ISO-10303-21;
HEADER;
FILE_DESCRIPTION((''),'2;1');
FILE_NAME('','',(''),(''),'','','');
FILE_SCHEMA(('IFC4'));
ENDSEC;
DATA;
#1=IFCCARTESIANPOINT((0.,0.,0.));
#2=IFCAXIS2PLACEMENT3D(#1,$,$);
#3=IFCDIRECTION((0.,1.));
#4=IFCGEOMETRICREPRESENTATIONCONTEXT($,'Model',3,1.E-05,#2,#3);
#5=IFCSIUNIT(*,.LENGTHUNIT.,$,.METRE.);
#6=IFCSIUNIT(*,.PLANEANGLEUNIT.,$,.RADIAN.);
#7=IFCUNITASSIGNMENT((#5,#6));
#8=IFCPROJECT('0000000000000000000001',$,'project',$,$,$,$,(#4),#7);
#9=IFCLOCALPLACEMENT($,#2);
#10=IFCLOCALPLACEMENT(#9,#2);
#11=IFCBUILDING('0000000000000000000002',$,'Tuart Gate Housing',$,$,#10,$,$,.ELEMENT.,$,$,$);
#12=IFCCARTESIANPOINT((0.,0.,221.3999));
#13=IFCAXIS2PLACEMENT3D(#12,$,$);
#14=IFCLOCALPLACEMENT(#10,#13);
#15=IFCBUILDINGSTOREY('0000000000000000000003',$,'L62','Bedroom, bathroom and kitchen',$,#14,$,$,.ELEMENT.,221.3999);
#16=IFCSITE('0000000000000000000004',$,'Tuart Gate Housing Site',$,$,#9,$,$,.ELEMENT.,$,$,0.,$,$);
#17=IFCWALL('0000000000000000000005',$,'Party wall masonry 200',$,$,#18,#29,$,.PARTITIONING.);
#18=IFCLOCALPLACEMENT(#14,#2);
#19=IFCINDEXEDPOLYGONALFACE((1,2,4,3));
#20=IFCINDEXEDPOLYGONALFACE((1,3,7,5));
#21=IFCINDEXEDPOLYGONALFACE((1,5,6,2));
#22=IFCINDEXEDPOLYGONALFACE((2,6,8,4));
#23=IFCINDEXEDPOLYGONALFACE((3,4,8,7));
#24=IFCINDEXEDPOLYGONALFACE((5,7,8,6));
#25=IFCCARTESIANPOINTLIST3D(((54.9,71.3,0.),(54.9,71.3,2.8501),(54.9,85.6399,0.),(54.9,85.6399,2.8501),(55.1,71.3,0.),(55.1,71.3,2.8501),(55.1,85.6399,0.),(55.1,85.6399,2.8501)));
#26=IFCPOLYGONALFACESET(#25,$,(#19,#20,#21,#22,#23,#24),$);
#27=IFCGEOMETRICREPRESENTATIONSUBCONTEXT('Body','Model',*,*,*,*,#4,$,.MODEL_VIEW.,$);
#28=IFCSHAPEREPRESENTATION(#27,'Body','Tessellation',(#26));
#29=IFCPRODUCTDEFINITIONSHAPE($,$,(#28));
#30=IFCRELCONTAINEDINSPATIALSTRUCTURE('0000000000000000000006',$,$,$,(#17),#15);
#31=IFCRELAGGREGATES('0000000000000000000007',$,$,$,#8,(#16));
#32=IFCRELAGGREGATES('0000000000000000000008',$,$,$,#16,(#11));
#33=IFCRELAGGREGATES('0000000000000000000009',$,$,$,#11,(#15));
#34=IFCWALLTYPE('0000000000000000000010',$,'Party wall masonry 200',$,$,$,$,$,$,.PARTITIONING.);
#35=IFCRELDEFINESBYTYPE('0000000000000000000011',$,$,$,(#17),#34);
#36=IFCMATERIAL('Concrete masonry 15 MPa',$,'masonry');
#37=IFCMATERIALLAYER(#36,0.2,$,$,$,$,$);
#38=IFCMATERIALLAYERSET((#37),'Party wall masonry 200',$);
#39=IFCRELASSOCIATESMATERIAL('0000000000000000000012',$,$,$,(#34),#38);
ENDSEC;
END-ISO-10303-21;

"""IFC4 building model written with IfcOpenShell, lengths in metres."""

from ifc_helpers import new_model, si_unit, direction, frame, frame_2d, origin, place, context, subcontext, project, spatial, rectangle, extrude, material, layer, layer_set, type_object, element, save


model = new_model("IFC4")

# Units and contexts
model_context = context("Model", 3, precision=1e-05, world=origin(), true_north=direction((0.0, 1.0)))
body_context = subcontext(model_context, "Body", "Model", "MODEL_VIEW")
ifc_project = project(units=[si_unit("LENGTHUNIT", "METRE"), si_unit("PLANEANGLEUNIT", "RADIAN")], contexts=[model_context])

# Site, building, storey
site_placement = place(None, origin())
site = spatial("IfcSite", under=ifc_project, at=site_placement, Name="Tuart Gate Housing Site", CompositionType="ELEMENT", RefElevation=0.0)
building_placement = place(site_placement, origin())
building = spatial("IfcBuilding", under=site, at=building_placement, Name="Tuart Gate Housing", CompositionType="ELEMENT")
storey_placement = place(building_placement, frame((0.0, 0.0, 221.3999)))
storey = spatial("IfcBuildingStorey", under=building, at=storey_placement, Name="L62", Description="Bedroom, bathroom and kitchen", CompositionType="ELEMENT", Elevation=221.3999)

# Wall
ifc_material_1 = material(Name="Concrete masonry 15 MPa", Category="masonry")
ifc_layer_1 = layer(ifc_material_1, 0.2)
ifc_layer_set_1 = layer_set([ifc_layer_1], Name="Party wall masonry 200")
wall_type_1 = type_object("IfcWallType", Name="Party wall masonry 200", PredefinedType="PARTITIONING", material=ifc_layer_set_1)
wall_1_placement = place(storey_placement, frame((55.0, 71.3, 0.0), z_axis=(0.0, 0.0, 1.0), x_axis=(0.0, 1.0, 0.0)))
element("IfcWall", 1, at=wall_1_placement, inside=storey, type_object=wall_type_1, Name="Party wall masonry 200", PredefinedType="PARTITIONING", context=body_context, shape_type="SweptSolid", body=[
    extrude(rectangle(XDim=14.3398, YDim=0.2, at=frame_2d((7.1699, 0.0))), origin(), (0.0, 0.0, 1.0), 2.8501),
])

save(model, "model.ifc")
